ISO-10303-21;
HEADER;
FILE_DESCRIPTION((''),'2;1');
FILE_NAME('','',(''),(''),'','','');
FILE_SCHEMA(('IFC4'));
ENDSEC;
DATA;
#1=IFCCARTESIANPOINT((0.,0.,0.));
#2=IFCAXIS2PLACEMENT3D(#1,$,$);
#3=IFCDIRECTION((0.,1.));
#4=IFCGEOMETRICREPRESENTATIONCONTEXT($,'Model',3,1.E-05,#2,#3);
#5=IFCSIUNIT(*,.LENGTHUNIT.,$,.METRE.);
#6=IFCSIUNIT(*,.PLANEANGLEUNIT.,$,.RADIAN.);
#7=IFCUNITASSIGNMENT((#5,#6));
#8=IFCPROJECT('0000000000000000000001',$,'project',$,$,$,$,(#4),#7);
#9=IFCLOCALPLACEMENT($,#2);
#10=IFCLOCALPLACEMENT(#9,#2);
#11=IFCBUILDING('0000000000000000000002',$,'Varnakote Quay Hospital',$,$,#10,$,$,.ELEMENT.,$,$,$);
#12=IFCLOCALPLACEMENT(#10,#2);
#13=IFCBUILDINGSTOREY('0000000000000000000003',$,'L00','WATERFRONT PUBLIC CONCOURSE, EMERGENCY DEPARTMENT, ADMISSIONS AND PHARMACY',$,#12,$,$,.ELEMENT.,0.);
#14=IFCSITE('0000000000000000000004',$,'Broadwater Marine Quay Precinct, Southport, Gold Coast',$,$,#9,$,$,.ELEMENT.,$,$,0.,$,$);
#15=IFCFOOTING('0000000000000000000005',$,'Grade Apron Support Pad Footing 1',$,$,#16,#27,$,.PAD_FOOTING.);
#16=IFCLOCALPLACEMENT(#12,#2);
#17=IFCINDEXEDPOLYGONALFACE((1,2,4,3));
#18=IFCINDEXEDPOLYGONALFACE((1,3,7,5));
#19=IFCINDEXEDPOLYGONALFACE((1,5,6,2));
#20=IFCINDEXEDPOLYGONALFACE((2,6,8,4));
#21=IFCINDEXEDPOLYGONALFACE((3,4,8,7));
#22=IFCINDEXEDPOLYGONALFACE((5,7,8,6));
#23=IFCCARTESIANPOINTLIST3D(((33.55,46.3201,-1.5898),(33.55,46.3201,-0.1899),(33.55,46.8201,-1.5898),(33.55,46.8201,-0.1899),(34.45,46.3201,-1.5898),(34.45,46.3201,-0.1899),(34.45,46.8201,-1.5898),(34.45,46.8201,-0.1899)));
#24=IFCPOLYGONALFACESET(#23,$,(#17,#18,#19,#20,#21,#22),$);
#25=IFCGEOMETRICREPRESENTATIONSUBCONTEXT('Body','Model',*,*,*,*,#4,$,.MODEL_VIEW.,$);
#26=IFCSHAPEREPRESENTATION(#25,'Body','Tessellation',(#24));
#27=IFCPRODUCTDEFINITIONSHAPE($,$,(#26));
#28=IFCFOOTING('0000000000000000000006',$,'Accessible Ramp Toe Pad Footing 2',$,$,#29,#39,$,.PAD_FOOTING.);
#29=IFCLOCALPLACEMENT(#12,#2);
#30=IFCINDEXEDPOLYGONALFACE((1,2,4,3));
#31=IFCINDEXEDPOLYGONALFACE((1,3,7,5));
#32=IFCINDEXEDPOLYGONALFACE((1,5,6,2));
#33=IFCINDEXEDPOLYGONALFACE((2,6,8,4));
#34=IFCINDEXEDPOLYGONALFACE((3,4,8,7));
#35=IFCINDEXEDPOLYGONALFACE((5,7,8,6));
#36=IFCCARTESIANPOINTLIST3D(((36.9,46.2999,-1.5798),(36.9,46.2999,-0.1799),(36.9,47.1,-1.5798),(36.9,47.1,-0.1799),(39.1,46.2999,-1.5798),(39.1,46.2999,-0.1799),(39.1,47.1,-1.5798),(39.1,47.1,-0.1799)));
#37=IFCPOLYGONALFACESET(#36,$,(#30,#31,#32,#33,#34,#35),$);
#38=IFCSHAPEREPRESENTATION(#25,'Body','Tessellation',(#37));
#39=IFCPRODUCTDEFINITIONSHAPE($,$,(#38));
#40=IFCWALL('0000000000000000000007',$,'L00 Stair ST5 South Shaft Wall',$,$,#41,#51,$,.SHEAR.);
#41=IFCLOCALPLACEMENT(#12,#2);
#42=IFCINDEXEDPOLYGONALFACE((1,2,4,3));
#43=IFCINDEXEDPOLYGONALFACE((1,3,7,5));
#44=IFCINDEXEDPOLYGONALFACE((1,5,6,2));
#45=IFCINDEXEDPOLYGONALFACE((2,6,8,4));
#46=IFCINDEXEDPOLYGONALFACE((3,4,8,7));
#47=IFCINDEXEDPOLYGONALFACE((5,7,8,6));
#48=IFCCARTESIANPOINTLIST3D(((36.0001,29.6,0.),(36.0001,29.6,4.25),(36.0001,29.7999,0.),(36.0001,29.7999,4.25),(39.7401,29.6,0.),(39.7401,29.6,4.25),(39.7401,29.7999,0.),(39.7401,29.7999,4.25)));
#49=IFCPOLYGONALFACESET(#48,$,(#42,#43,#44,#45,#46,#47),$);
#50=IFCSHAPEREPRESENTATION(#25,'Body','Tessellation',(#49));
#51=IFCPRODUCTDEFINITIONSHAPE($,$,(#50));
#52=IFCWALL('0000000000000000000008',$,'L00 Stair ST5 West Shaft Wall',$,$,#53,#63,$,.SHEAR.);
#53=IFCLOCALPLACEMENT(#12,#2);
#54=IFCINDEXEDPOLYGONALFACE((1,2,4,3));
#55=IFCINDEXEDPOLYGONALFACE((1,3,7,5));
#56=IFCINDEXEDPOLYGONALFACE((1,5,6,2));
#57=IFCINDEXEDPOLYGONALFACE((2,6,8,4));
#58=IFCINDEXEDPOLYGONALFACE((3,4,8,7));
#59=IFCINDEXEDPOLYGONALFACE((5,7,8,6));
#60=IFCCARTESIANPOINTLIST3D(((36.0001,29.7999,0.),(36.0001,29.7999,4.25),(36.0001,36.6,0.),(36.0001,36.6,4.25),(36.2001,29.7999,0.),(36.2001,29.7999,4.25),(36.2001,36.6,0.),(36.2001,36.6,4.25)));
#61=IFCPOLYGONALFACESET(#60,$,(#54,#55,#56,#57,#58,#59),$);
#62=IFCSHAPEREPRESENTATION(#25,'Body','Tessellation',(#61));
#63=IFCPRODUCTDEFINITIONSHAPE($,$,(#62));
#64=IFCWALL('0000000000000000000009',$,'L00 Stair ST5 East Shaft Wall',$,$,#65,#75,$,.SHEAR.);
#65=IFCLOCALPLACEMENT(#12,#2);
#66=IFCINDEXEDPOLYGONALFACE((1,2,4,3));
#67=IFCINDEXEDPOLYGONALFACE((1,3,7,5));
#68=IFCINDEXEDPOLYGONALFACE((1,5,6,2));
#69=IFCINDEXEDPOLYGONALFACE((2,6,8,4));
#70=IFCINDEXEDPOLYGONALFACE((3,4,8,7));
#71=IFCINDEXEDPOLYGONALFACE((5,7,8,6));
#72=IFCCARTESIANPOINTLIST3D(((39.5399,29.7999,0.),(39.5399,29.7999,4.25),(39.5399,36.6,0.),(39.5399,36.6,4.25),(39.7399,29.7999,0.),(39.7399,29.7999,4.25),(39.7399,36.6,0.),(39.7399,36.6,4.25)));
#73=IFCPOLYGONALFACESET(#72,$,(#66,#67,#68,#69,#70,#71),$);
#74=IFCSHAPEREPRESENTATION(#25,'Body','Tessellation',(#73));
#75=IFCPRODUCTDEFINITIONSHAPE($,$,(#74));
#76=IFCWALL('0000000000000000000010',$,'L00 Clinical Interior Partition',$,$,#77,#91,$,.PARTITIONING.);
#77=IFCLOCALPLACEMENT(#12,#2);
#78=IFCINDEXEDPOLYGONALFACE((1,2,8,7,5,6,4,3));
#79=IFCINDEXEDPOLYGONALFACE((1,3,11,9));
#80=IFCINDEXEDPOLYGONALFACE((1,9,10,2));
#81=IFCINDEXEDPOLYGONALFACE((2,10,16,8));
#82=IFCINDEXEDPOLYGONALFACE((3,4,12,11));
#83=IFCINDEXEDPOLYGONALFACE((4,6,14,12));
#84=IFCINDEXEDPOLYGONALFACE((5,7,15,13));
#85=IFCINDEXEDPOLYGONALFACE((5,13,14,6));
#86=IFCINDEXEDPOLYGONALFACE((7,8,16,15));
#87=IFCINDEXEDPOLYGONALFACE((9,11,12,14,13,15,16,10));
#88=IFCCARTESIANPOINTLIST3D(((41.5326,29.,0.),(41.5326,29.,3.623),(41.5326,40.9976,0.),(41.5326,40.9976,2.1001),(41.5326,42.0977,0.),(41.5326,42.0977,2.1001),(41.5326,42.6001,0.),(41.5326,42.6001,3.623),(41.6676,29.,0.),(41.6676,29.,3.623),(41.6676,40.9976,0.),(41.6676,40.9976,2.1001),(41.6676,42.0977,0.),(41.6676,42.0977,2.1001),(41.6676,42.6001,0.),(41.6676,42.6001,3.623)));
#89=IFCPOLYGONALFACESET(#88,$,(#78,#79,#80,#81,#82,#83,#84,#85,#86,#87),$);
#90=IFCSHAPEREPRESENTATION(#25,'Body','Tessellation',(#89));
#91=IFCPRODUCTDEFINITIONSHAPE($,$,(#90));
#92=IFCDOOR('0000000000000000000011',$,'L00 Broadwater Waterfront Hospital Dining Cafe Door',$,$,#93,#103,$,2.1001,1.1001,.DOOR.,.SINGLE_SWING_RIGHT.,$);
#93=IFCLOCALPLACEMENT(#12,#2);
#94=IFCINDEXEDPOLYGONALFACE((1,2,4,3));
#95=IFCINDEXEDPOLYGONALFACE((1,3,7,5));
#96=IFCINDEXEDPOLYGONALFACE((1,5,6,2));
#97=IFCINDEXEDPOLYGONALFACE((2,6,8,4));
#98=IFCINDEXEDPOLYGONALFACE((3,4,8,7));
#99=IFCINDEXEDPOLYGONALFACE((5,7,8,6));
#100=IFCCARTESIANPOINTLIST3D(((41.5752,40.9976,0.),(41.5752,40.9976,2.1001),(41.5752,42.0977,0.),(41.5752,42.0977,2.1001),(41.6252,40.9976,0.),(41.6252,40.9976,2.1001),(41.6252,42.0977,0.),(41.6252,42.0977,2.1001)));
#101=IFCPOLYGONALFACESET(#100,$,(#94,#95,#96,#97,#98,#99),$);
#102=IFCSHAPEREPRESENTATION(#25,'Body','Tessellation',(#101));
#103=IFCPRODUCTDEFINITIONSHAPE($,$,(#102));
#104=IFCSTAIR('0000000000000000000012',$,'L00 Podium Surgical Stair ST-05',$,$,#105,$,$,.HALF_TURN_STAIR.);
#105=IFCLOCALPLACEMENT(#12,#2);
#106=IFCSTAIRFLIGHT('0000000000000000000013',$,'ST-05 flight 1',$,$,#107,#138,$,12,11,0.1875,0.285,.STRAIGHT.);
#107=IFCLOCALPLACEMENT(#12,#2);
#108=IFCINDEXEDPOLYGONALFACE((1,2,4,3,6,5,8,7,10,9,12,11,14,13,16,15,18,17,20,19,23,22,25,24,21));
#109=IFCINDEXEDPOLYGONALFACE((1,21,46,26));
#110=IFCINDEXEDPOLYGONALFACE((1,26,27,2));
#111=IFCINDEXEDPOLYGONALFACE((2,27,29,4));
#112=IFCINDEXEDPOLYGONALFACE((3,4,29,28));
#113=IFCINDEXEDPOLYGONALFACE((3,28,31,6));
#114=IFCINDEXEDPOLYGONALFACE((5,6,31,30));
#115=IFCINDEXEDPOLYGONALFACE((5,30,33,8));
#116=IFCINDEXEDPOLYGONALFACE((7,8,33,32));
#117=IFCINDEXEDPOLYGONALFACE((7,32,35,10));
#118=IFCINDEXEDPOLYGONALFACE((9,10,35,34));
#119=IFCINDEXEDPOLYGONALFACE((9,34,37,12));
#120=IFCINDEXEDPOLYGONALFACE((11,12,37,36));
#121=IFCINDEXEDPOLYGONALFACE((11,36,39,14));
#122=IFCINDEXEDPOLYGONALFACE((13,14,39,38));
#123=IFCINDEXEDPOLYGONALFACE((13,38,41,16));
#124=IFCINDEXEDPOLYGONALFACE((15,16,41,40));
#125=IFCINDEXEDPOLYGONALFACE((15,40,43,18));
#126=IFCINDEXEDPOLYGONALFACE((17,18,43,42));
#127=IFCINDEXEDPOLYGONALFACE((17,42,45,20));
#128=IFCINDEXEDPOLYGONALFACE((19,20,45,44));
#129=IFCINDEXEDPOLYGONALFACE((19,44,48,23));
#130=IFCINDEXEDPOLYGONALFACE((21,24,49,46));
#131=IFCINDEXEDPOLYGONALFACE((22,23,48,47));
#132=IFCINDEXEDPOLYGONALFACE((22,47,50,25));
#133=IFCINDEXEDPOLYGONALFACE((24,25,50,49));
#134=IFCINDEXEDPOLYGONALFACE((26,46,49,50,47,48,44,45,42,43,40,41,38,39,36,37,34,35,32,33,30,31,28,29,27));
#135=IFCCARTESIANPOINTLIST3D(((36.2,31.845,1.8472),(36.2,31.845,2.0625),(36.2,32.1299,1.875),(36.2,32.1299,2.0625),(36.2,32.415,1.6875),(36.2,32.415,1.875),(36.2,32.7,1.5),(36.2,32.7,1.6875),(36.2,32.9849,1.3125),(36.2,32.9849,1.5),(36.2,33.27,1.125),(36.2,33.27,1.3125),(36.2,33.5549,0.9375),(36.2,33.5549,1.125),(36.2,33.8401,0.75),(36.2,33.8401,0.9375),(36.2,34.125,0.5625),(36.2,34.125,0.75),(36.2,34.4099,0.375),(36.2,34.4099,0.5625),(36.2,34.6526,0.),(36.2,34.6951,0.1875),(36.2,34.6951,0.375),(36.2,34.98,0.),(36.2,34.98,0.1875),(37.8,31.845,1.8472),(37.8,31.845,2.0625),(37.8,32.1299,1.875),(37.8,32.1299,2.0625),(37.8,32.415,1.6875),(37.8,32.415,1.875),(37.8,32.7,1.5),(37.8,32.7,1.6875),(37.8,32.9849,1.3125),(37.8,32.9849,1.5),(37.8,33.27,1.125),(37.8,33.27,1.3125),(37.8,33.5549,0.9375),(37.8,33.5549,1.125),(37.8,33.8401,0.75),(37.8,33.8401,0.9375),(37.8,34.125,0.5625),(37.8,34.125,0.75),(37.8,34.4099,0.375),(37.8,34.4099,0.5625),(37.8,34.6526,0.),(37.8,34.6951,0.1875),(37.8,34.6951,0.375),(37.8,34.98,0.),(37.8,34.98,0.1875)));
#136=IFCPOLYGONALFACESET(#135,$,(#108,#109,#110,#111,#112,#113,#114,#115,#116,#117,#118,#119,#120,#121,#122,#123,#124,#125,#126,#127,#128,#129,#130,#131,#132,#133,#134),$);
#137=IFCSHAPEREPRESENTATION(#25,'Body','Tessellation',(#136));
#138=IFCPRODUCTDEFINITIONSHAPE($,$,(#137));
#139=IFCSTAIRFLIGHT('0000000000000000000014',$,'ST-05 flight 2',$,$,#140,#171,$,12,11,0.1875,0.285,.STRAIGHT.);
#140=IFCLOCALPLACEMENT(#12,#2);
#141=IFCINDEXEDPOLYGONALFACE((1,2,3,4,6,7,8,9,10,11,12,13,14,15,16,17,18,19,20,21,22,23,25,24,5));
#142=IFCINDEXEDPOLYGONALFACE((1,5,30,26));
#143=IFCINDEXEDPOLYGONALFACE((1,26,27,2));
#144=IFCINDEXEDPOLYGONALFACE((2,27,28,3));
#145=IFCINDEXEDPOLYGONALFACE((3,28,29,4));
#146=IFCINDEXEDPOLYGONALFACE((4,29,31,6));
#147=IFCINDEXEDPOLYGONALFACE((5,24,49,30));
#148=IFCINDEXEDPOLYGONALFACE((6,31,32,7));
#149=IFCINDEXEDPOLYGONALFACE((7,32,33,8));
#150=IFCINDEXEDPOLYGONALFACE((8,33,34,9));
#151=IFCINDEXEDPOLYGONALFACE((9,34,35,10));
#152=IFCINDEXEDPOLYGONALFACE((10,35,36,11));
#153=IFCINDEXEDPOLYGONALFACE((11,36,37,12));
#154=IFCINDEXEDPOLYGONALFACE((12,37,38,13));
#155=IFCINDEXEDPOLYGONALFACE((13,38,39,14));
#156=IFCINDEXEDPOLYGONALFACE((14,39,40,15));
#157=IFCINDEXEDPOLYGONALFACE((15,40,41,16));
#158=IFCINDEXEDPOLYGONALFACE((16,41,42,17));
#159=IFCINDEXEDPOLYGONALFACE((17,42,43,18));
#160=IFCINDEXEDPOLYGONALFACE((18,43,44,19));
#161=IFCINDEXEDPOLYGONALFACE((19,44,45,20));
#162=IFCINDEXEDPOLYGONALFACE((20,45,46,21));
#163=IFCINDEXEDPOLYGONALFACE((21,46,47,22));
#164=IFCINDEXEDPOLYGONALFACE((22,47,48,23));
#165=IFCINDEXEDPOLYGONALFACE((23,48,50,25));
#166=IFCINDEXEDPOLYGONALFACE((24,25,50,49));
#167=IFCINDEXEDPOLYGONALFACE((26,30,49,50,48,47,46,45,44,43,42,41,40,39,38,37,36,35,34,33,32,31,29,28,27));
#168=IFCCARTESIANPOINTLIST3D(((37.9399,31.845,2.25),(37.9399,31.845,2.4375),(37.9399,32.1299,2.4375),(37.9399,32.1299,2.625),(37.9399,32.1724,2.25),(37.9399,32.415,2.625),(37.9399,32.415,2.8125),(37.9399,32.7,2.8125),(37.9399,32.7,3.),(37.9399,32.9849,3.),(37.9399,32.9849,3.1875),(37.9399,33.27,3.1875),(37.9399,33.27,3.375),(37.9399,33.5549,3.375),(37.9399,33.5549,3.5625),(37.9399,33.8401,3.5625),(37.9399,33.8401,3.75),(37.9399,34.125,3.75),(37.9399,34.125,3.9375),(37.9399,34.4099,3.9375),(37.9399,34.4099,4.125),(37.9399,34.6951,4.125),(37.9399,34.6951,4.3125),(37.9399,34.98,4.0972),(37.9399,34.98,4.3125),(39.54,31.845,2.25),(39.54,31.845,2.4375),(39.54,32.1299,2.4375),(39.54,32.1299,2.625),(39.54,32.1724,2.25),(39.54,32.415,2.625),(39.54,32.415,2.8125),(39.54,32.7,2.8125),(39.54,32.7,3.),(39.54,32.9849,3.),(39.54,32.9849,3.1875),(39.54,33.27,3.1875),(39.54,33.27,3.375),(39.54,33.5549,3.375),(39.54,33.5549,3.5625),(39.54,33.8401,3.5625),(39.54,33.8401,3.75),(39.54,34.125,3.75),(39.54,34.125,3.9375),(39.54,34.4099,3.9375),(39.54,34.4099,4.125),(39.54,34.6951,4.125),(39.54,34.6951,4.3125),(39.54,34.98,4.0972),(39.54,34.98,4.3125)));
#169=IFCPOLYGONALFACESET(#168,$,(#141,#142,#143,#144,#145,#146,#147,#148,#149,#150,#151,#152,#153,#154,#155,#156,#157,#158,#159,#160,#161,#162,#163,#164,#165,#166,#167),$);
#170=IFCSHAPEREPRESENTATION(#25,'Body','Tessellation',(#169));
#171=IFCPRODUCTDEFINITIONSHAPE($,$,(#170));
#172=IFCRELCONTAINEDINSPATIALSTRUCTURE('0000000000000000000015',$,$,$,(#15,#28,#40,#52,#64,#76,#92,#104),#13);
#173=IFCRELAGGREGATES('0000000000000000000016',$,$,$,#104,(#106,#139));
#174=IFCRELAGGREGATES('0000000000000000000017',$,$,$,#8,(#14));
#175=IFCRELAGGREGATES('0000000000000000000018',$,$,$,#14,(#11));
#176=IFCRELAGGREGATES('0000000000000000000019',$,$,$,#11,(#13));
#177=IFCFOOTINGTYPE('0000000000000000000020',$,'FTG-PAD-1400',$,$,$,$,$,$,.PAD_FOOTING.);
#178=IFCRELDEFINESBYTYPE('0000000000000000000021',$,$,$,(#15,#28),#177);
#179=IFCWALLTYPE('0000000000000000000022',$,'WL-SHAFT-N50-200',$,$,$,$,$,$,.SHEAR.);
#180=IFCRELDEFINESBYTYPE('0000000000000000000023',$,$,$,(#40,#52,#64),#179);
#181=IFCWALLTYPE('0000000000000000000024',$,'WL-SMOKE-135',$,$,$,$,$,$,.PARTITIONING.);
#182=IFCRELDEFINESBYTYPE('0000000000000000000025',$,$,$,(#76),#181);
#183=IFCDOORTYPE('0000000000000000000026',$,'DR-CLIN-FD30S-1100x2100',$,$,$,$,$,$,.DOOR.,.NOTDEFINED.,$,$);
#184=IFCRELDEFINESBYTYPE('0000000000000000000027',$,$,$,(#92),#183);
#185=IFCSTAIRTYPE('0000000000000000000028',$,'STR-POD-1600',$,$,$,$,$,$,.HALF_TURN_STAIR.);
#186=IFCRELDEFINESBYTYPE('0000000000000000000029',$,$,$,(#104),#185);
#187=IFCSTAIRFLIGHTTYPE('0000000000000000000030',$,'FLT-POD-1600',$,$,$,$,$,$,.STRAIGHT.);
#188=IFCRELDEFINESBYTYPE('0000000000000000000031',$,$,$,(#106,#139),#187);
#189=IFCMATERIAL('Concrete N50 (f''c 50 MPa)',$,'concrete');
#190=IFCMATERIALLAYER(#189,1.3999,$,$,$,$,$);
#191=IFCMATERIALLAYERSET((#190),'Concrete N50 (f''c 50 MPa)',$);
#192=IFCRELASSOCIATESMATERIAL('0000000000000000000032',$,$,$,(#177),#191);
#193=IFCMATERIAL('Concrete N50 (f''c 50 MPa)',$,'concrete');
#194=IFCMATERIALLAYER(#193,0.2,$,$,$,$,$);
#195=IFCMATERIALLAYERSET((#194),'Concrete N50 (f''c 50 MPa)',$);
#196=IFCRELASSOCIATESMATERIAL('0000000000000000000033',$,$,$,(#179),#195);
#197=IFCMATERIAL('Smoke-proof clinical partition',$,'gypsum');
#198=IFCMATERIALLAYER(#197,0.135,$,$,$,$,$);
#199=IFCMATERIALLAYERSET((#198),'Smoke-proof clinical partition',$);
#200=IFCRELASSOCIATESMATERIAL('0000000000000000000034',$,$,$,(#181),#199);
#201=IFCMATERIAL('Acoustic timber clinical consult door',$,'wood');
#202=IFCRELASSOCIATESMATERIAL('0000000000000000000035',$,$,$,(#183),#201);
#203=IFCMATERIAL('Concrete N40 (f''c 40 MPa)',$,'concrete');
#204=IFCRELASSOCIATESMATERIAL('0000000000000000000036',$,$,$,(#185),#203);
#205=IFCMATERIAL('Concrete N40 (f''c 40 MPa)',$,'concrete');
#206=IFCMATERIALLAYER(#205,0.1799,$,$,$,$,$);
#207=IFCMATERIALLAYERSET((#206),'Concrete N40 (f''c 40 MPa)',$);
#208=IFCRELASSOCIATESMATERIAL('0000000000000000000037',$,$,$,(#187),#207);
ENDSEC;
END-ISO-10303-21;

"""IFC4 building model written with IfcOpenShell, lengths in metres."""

from ifc_helpers import new_model, si_unit, direction, frame, frame_2d, origin, origin_2d, place, context, subcontext, project, spatial, polyline, rectangle, outline, extrude, material, layer, layer_set, type_object, element, fill, aggregate, save


model = new_model("IFC4")

# Units and contexts
model_context = context("Model", 3, precision=1e-05, world=origin(), true_north=direction((0.0, 1.0)))
body_context = subcontext(model_context, "Body", "Model", "MODEL_VIEW")
ifc_project = project(units=[si_unit("LENGTHUNIT", "METRE"), si_unit("PLANEANGLEUNIT", "RADIAN")], contexts=[model_context])

# Site, building, storey
site_placement = place(None, origin())
site = spatial("IfcSite", under=ifc_project, at=site_placement, Name="Broadwater Marine Quay Precinct, Southport, Gold Coast", CompositionType="ELEMENT", RefElevation=0.0)
building_placement = place(site_placement, origin())
building = spatial("IfcBuilding", under=site, at=building_placement, Name="Varnakote Quay Hospital", CompositionType="ELEMENT")
storey_placement = place(building_placement, origin())
storey = spatial("IfcBuildingStorey", under=building, at=storey_placement, Name="L00", Description="WATERFRONT PUBLIC CONCOURSE, EMERGENCY DEPARTMENT, ADMISSIONS AND PHARMACY", CompositionType="ELEMENT", Elevation=0.0)

# Footings
ifc_material_1 = material(Name="Concrete N50 (f'c 50 MPa)", Category="concrete")
ifc_layer_1 = layer(ifc_material_1, 1.3999)
ifc_layer_set_1 = layer_set([ifc_layer_1], Name="Concrete N50 (f'c 50 MPa)")
footing_type = type_object("IfcFootingType", Name="FTG-PAD-1400", PredefinedType="PAD_FOOTING", material=ifc_layer_set_1)
footing_1_placement = place(storey_placement, frame((34.0, 46.5701, -1.5898), z_axis=(0.0, 0.0, 1.0), x_axis=(1.0, 0.0, 0.0)))
element("IfcFooting", 1, at=footing_1_placement, inside=storey, type_object=footing_type, Name="Grade Apron Support Pad Footing 1", PredefinedType="PAD_FOOTING", context=body_context, shape_type="SweptSolid", body=[
    extrude(rectangle(XDim=0.8999, YDim=0.5, at=origin_2d()), origin(), (0.0, 0.0, 1.0), 1.3999),
])
footing_2_placement = place(storey_placement, frame((38.0, 46.7, -1.5798), z_axis=(0.0, 0.0, 1.0), x_axis=(1.0, 0.0, 0.0)))
element("IfcFooting", 2, at=footing_2_placement, inside=storey, type_object=footing_type, Name="Accessible Ramp Toe Pad Footing 2", PredefinedType="PAD_FOOTING", context=body_context, shape_type="SweptSolid", body=[
    extrude(rectangle(XDim=2.2, YDim=0.8, at=origin_2d()), origin(), (0.0, 0.0, 1.0), 1.3999),
])

# Walls
ifc_material_2 = material(Name="Concrete N50 (f'c 50 MPa)", Category="concrete")
ifc_layer_2 = layer(ifc_material_2, 0.2)
ifc_layer_set_2 = layer_set([ifc_layer_2], Name="Concrete N50 (f'c 50 MPa)")
wall_type_1 = type_object("IfcWallType", Name="WL-SHAFT-N50-200", PredefinedType="SHEAR", material=ifc_layer_set_2)
wall_1_placement = place(storey_placement, frame((36.0, 29.7, 0.0), z_axis=(0.0, 0.0, 1.0), x_axis=(1.0, 0.0, 0.0)))
element("IfcWall", 3, at=wall_1_placement, inside=storey, type_object=wall_type_1, Name="L00 Stair ST5 South Shaft Wall", PredefinedType="SHEAR", context=body_context, shape_type="SweptSolid", body=[
    extrude(rectangle(XDim=3.74, YDim=0.2, at=frame_2d((1.8701, 0.0))), origin(), (0.0, 0.0, 1.0), 4.25),
])
for number, where, z_axis, x_axis, name in (
    (4, (36.1001, 29.8, 0.0), (0.0, 0.0, 1.0), (0.0, 1.0, 0.0), "L00 Stair ST5 West Shaft Wall"),
    (5, (39.6399, 29.8, 0.0), (0.0, 0.0, 1.0), (0.0, 1.0, 0.0), "L00 Stair ST5 East Shaft Wall"),
):
    element("IfcWall", number, at=place(storey_placement, frame(where, z_axis=z_axis, x_axis=x_axis)), inside=storey, type_object=wall_type_1, Name=name, PredefinedType="SHEAR", context=body_context, shape_type="SweptSolid", body=[
        extrude(rectangle(XDim=6.8, YDim=0.2, at=frame_2d((3.3999, 0.0))), origin(), (0.0, 0.0, 1.0), 4.25),
    ])

# Wall, opening, door
ifc_material_3 = material(Name="Smoke-proof clinical partition", Category="gypsum")
ifc_layer_3 = layer(ifc_material_3, 0.135)
ifc_layer_set_3 = layer_set([ifc_layer_3], Name="Smoke-proof clinical partition")
wall_type_2 = type_object("IfcWallType", Name="WL-SMOKE-135", PredefinedType="PARTITIONING", material=ifc_layer_set_3)
wall_2_placement = place(storey_placement, frame((41.6001, 29.0, 0.0), z_axis=(0.0, 0.0, 1.0), x_axis=(0.0, 1.0, 0.0)))
wall_2 = element("IfcWall", 6, at=wall_2_placement, inside=storey, type_object=wall_type_2, Name="L00 Clinical Interior Partition", PredefinedType="PARTITIONING", context=body_context, shape_type="SweptSolid", body=[
    extrude(rectangle(XDim=13.6001, YDim=0.135, at=frame_2d((6.8, 0.0))), origin(), (0.0, 0.0, 1.0), 3.623),
])
opening_1_placement = place(wall_2_placement, frame((11.9976, 0.0, 0.0)))
opening_1 = element("IfcOpeningElement", 7, at=opening_1_placement, cuts=wall_2, PredefinedType="OPENING", context=body_context, shape_type="SweptSolid", body=[
    extrude(rectangle(XDim=1.1001, YDim=2.1001, at=frame_2d((0.55, 1.05))), frame((0.0, 0.0774, 0.0), z_axis=(0.0, -1.0, 0.0), x_axis=(1.0, 0.0, 0.0)), (0.0, 0.0, 1.0), 0.155),
])
ifc_material_4 = material(Name="Acoustic timber clinical consult door", Category="wood")
door_type_1 = type_object("IfcDoorType", Name="DR-CLIN-FD30S-1100x2100", OperationType="NOTDEFINED", PredefinedType="DOOR", material=ifc_material_4)
door_1_placement = place(opening_1_placement, origin())
door_1 = element("IfcDoor", 8, at=door_1_placement, inside=storey, type_object=door_type_1, Name="L00 Broadwater Waterfront Hospital Dining Cafe Door", OperationType="SINGLE_SWING_RIGHT", OverallHeight=2.1001, OverallWidth=1.1001, PredefinedType="DOOR", context=body_context, shape_type="SweptSolid", body=[
    extrude(rectangle(XDim=1.1001, YDim=2.1001, at=frame_2d((0.55, 1.05))), frame((0.0, 0.0249, 0.0), z_axis=(0.0, -1.0, 0.0), x_axis=(1.0, 0.0, 0.0)), (0.0, 0.0, 1.0), 0.05),
])
fill(opening_1, door_1)

# Stair, stair flights
ifc_material_5 = material(Name="Concrete N40 (f'c 40 MPa)", Category="concrete")
stair_type = type_object("IfcStairType", Name="STR-POD-1600", PredefinedType="HALF_TURN_STAIR", material=ifc_material_5)
stair_placement = place(storey_placement, origin())
stair = element("IfcStair", 9, at=stair_placement, inside=storey, type_object=stair_type, Name="L00 Podium Surgical Stair ST-05", PredefinedType="HALF_TURN_STAIR")
ifc_material_6 = material(Name="Concrete N40 (f'c 40 MPa)", Category="concrete")
ifc_layer_4 = layer(ifc_material_6, 0.1799)
ifc_layer_set_4 = layer_set([ifc_layer_4], Name="Concrete N40 (f'c 40 MPa)")
stair_flight_type = type_object("IfcStairFlightType", Name="FLT-POD-1600", PredefinedType="STRAIGHT", material=ifc_layer_set_4)
stair_flight_1_placement = place(storey_placement, frame((37.0, 34.98, 0.0), z_axis=(0.0, 0.0, 1.0), x_axis=(0.0, -1.0, 0.0)))
stair_flight_1 = element("IfcStairFlight", 10, at=stair_flight_1_placement, type_object=stair_flight_type, Name="ST-05 flight 1", NumberOfRisers=12, NumberOfTreads=11, PredefinedType="STRAIGHT", RiserHeight=0.1875, TreadLength=0.285, context=body_context, shape_type="SweptSolid", body=[
    extrude(outline(polyline([(0.0, 0.0), (0.0, 0.1875), (0.2849, 0.1875), (0.2849, 0.375), (0.5701, 0.375), (0.5701, 0.5625), (0.855, 0.5625), (0.855, 0.75), (1.1399, 0.75), (1.1399, 0.9375), (1.425, 0.9375), (1.425, 1.125), (1.71, 1.125), (1.71, 1.3125), (1.9951, 1.3125), (1.9951, 1.5), (2.28, 1.5), (2.28, 1.6875), (2.5649, 1.6875), (2.5649, 1.875), (2.8501, 1.875), (2.8501, 2.0625), (3.135, 2.0625), (3.135, 2.25), (3.135, 1.8472), (0.3274, 0.0), (0.0, 0.0)])), frame((0.0, 0.8, 0.0), z_axis=(0.0, -1.0, 0.0), x_axis=(1.0, 0.0, 0.0)), (0.0, 0.0, 1.0), 1.6001),
])
stair_flight_2_placement = place(storey_placement, frame((38.74, 31.845, 2.25), z_axis=(0.0, 0.0, 1.0), x_axis=(0.0, 1.0, 0.0)))
stair_flight_2 = element("IfcStairFlight", 11, at=stair_flight_2_placement, type_object=stair_flight_type, Name="ST-05 flight 2", NumberOfRisers=12, NumberOfTreads=11, PredefinedType="STRAIGHT", RiserHeight=0.1875, TreadLength=0.285, context=body_context, shape_type="SweptSolid", body=[
    extrude(outline(polyline([(0.0, 0.0), (0.0, 0.1875), (0.2849, 0.1875), (0.2849, 0.375), (0.5701, 0.375), (0.5701, 0.5625), (0.855, 0.5625), (0.855, 0.75), (1.1399, 0.75), (1.1399, 0.9375), (1.425, 0.9375), (1.425, 1.125), (1.71, 1.125), (1.71, 1.3125), (1.9951, 1.3125), (1.9951, 1.5), (2.28, 1.5), (2.28, 1.6875), (2.5649, 1.6875), (2.5649, 1.875), (2.8501, 1.875), (2.8501, 2.0625), (3.135, 2.0625), (3.135, 2.25), (3.135, 1.8472), (0.3274, 0.0), (0.0, 0.0)])), frame((0.0, 0.8, 0.0), z_axis=(0.0, -1.0, 0.0), x_axis=(1.0, 0.0, 0.0)), (0.0, 0.0, 1.0), 1.6001),
])
aggregate(stair, [stair_flight_1, stair_flight_2])

save(model, "model.ifc")
